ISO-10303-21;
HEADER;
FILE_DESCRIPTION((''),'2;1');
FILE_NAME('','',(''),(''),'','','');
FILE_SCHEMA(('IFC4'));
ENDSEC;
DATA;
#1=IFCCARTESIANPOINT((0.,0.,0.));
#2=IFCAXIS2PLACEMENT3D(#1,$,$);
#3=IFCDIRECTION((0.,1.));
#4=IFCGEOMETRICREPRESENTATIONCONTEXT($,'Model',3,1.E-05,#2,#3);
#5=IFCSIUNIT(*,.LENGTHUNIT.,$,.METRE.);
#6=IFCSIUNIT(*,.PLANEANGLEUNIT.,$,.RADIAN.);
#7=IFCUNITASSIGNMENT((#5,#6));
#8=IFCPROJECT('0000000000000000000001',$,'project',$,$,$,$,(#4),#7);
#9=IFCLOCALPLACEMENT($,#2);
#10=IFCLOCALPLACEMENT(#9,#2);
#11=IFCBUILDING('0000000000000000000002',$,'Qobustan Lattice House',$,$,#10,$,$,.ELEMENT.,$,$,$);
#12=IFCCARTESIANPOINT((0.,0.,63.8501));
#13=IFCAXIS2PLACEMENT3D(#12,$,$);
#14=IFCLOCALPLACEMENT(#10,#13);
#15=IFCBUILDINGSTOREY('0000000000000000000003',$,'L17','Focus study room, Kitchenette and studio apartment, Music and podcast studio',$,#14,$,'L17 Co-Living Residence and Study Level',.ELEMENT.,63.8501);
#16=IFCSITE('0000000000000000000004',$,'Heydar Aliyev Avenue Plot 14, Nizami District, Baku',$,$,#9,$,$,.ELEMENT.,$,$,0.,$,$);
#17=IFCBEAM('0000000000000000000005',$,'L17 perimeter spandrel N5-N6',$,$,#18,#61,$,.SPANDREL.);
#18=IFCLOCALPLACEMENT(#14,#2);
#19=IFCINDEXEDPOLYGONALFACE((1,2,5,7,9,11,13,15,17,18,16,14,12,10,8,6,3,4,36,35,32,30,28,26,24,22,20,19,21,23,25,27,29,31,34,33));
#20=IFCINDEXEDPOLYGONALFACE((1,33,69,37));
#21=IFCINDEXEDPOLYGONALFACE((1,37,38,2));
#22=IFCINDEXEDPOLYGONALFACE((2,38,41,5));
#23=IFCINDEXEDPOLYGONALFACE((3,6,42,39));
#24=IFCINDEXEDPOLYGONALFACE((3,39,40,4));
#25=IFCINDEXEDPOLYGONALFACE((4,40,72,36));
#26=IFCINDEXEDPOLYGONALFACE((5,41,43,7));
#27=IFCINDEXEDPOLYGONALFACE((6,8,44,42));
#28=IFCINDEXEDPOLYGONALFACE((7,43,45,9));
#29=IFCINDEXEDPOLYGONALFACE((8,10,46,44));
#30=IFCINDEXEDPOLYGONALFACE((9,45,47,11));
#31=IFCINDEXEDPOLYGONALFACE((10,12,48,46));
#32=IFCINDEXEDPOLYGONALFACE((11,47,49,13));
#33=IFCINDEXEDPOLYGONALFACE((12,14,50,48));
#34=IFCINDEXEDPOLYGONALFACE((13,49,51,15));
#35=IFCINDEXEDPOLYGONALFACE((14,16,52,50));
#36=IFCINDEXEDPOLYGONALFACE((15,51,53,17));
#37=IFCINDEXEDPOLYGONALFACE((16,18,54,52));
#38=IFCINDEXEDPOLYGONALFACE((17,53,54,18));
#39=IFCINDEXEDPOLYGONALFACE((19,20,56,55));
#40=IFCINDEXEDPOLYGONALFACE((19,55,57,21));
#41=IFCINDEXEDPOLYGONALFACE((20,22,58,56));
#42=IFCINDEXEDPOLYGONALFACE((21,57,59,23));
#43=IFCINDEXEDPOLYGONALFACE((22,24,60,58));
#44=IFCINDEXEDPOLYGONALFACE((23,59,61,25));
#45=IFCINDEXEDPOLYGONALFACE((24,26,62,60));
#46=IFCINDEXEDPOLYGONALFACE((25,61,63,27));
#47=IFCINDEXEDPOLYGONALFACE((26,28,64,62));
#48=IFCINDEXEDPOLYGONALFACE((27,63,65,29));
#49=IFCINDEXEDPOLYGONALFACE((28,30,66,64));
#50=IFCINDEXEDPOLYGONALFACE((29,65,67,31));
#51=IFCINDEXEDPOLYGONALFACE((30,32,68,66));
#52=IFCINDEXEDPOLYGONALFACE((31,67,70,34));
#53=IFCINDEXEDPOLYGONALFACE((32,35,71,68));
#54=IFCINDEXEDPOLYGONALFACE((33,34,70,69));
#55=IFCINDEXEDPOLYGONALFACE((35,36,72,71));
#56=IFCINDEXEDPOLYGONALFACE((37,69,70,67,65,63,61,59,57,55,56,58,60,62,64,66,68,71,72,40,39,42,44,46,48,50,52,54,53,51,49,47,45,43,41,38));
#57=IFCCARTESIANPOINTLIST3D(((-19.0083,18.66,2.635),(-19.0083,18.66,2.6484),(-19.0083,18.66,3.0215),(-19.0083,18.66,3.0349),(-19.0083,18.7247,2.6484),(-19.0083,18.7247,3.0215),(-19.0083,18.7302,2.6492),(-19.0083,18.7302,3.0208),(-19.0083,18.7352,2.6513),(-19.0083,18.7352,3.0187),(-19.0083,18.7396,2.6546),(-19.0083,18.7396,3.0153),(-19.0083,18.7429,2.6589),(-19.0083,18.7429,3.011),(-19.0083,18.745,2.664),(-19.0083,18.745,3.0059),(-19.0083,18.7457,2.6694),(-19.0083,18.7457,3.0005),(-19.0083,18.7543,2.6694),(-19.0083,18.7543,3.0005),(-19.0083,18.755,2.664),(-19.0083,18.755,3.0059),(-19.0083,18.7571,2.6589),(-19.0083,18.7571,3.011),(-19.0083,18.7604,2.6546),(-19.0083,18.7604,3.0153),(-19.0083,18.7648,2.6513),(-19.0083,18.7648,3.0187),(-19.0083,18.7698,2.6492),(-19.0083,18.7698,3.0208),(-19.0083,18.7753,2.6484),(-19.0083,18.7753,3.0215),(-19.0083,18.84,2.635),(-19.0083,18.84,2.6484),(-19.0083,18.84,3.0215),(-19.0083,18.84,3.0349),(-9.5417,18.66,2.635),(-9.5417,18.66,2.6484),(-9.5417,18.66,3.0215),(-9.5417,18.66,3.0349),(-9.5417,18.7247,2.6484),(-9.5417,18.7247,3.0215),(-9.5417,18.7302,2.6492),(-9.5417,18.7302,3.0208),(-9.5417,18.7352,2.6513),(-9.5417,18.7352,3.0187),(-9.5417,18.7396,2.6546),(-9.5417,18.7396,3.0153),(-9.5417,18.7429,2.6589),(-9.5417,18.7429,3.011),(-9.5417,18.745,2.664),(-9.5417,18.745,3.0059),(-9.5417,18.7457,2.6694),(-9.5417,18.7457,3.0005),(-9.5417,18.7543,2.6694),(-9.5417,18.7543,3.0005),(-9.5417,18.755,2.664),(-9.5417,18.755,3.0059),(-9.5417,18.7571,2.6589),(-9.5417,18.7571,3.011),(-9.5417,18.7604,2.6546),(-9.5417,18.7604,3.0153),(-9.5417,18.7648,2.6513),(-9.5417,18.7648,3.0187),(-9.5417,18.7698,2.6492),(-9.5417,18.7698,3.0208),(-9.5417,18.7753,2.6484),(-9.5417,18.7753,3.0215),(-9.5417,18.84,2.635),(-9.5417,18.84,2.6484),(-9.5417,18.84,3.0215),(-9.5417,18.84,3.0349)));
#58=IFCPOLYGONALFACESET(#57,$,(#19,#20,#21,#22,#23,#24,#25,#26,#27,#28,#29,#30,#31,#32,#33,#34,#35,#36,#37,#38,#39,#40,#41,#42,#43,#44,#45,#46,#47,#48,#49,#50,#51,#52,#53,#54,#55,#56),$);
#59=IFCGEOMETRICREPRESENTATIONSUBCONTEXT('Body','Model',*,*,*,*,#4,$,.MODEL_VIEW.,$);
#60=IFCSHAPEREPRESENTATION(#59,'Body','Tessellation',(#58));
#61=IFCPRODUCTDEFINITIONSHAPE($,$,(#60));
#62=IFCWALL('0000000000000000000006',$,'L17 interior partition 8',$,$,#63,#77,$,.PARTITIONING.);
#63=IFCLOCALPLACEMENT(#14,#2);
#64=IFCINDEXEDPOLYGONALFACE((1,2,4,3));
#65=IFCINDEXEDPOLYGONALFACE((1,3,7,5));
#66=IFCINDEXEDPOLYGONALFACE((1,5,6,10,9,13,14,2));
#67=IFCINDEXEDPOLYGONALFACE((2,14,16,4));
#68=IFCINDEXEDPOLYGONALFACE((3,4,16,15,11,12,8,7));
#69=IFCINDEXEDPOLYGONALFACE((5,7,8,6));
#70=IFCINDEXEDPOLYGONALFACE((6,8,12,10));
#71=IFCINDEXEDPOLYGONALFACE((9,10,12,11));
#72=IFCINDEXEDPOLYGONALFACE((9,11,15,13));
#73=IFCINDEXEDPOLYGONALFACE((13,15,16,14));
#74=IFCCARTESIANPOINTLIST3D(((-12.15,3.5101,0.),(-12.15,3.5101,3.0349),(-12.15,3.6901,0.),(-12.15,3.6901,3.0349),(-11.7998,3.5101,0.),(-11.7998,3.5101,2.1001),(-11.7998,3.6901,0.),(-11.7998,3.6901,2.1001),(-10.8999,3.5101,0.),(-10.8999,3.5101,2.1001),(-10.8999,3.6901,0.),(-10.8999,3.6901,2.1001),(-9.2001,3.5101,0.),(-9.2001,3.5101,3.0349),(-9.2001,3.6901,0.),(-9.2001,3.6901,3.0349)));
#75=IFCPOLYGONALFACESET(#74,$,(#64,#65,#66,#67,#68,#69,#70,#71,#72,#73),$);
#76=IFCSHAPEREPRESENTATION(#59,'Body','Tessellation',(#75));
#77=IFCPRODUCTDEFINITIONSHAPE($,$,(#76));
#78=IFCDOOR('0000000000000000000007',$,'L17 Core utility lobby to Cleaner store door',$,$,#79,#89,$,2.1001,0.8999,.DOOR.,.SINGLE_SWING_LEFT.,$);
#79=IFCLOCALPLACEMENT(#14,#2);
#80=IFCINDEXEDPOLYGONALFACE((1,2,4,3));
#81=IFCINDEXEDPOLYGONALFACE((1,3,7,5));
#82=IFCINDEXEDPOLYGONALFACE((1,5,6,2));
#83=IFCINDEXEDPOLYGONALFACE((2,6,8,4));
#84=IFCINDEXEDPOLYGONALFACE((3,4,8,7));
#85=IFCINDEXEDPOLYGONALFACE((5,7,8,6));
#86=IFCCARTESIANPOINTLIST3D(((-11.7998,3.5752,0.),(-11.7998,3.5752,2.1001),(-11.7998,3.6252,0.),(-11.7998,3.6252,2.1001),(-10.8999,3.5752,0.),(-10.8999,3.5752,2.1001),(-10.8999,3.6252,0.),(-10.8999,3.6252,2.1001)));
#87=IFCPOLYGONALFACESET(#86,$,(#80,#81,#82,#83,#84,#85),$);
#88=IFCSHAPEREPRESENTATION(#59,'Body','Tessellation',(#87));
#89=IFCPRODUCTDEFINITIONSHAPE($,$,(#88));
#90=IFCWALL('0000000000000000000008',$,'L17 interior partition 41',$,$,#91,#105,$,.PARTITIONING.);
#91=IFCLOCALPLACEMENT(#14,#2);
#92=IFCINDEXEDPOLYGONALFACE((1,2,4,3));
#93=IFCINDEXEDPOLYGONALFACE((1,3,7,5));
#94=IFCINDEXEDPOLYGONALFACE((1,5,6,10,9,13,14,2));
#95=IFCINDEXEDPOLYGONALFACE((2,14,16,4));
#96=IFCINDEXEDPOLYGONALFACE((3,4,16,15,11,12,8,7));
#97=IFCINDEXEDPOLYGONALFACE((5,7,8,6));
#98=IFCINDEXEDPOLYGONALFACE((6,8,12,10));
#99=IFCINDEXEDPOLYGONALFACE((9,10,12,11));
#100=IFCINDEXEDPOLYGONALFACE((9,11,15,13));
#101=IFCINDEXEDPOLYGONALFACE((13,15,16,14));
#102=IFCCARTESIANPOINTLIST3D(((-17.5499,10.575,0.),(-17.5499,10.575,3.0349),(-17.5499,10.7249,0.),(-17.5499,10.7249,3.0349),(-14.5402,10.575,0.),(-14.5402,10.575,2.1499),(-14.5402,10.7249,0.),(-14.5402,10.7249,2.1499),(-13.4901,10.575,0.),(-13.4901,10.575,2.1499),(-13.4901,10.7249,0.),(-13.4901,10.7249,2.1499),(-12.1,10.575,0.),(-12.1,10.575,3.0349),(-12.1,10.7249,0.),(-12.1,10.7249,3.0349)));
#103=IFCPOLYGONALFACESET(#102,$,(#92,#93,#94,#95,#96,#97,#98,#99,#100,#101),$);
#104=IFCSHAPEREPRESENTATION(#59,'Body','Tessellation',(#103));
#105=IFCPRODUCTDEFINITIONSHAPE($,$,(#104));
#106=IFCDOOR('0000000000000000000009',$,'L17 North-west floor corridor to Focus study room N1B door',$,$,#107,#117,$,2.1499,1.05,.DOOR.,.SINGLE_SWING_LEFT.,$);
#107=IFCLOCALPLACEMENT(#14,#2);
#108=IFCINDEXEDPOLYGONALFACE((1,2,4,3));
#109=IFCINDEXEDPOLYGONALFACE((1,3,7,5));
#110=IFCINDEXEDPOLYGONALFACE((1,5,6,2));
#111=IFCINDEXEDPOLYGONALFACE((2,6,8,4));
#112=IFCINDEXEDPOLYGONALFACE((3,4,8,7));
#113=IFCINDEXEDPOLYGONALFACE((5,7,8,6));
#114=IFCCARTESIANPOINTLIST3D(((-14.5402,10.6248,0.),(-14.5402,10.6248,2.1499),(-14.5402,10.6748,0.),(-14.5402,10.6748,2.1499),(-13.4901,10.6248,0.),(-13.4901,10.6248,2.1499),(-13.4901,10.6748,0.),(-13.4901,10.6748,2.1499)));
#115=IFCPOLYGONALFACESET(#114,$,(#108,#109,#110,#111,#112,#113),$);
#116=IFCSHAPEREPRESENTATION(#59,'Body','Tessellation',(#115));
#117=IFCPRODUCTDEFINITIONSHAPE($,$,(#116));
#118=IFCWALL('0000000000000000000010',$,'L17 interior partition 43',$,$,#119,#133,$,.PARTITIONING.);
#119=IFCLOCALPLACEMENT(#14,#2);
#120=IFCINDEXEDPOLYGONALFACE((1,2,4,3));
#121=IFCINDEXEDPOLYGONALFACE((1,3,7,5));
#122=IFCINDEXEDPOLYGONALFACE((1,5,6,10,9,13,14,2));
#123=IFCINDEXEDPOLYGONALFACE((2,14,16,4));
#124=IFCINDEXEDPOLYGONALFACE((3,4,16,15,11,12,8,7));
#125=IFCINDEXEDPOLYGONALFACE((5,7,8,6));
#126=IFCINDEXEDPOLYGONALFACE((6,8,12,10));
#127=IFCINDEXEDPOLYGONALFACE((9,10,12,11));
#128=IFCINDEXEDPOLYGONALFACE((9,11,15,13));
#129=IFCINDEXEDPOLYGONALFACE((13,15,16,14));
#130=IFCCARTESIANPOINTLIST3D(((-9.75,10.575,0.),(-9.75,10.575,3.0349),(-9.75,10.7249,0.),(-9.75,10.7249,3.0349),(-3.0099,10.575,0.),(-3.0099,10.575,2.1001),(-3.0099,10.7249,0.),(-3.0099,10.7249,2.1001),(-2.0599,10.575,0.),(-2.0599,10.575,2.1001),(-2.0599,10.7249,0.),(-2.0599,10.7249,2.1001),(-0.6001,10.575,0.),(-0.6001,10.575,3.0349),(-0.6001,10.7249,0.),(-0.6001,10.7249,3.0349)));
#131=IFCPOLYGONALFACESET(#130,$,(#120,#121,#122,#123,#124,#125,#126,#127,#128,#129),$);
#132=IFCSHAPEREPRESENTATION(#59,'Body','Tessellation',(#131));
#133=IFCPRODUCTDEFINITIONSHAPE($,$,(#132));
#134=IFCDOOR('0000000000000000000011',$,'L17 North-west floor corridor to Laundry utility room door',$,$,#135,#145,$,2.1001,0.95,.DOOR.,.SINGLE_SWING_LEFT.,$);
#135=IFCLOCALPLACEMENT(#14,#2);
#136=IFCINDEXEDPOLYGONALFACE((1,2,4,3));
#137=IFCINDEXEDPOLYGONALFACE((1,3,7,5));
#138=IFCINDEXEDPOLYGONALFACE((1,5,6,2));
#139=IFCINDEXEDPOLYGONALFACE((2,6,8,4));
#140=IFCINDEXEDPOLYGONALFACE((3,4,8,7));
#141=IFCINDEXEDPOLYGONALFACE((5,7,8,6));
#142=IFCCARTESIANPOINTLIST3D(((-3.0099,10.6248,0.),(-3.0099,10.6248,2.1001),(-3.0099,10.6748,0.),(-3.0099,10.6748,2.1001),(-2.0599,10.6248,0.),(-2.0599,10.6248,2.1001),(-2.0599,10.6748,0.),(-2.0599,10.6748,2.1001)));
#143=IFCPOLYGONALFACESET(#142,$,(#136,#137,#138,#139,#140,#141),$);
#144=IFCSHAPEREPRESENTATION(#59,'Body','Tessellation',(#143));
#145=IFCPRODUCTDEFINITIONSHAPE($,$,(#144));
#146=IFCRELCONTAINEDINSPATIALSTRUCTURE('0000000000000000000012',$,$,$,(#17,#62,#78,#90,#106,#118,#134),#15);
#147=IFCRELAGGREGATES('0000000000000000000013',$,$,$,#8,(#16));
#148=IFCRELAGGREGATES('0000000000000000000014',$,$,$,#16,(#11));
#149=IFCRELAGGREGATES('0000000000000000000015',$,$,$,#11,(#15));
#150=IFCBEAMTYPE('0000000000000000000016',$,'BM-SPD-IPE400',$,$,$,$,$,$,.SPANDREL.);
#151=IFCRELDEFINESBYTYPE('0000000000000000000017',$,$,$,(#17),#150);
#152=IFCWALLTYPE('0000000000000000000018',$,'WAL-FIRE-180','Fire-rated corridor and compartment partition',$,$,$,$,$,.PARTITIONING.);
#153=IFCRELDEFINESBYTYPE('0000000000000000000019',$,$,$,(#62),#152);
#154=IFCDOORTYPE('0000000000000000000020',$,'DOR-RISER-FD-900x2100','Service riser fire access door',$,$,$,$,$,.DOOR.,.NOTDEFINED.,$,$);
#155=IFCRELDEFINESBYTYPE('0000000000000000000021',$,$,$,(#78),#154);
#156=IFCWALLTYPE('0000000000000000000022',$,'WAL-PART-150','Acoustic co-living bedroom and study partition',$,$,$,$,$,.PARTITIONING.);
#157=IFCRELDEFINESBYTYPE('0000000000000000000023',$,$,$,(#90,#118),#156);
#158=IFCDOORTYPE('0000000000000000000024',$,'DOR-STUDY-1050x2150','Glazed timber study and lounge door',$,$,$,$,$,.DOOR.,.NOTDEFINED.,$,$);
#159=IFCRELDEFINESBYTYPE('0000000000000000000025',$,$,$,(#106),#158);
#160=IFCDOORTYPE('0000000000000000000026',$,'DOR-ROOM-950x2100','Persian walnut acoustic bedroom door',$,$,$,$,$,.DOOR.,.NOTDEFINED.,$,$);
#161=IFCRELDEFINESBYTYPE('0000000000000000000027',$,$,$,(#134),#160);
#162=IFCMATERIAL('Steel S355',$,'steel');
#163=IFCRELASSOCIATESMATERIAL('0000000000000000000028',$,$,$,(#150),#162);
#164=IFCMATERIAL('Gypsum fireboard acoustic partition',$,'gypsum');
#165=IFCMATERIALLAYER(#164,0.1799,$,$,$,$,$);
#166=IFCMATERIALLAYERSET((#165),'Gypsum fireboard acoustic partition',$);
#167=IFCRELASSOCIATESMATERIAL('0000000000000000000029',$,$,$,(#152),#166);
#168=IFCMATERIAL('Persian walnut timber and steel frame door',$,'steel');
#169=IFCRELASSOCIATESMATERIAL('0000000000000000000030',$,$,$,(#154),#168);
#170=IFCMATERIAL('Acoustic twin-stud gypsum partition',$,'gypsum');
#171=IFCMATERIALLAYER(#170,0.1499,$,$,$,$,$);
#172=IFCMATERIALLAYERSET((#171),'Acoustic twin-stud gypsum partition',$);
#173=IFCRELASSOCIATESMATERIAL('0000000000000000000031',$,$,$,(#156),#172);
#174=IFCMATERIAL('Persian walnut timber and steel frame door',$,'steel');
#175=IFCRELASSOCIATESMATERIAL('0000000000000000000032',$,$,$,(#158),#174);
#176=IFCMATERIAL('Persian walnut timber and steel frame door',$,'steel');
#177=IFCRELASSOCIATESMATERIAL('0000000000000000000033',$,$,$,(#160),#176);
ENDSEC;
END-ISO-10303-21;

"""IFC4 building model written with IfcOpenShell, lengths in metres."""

from ifc_helpers import new_model, si_unit, direction, frame, frame_2d, origin, origin_2d, place, context, subcontext, project, spatial, rectangle, i_section, extrude, material, layer, layer_set, material_profile, profile_set, type_object, element, fill, save


model = new_model("IFC4")

# Units and contexts
model_context = context("Model", 3, precision=1e-05, world=origin(), true_north=direction((0.0, 1.0)))
body_context = subcontext(model_context, "Body", "Model", "MODEL_VIEW")
ifc_project = project(units=[si_unit("LENGTHUNIT", "METRE"), si_unit("PLANEANGLEUNIT", "RADIAN")], contexts=[model_context])

# Site, building, storey
site_placement = place(None, origin())
site = spatial("IfcSite", under=ifc_project, at=site_placement, Name="Heydar Aliyev Avenue Plot 14, Nizami District, Baku", CompositionType="ELEMENT", RefElevation=0.0)
building_placement = place(site_placement, origin())
building = spatial("IfcBuilding", under=site, at=building_placement, Name="Qobustan Lattice House", CompositionType="ELEMENT")
storey_placement = place(building_placement, frame((0.0, 0.0, 63.8501)))
storey = spatial("IfcBuildingStorey", under=building, at=storey_placement, Name="L17", Description="Focus study room, Kitchenette and studio apartment, Music and podcast studio", LongName="L17 Co-Living Residence and Study Level", CompositionType="ELEMENT", Elevation=63.8501)

# Beam
ifc_material_1 = material(Name="Steel S355", Category="steel")
ifc_material_profile_1 = material_profile(ifc_material_1, i_section(OverallWidth=0.1799, OverallDepth=0.3999, WebThickness=0.0085, FlangeThickness=0.0134, FilletRadius=0.021, at=origin_2d()), Name="IPE400")
ifc_profile_set_1 = profile_set([ifc_material_profile_1], Name="Steel S355")
beam_type_1 = type_object("IfcBeamType", Name="BM-SPD-IPE400", PredefinedType="SPANDREL", material=ifc_profile_set_1)
beam_1_placement = place(storey_placement, frame((-9.5417, 18.75, 2.835), z_axis=(-1.0, 0.0, 0.0), x_axis=(0.0, -1.0, 0.0)))
element("IfcBeam", 1, at=beam_1_placement, inside=storey, type_object=beam_type_1, Name="L17 perimeter spandrel N5-N6", PredefinedType="SPANDREL", context=body_context, shape_type="SweptSolid", body=[
    extrude(i_section(OverallWidth=0.1799, OverallDepth=0.3999, WebThickness=0.0085, FlangeThickness=0.0134, FilletRadius=0.021, at=origin_2d()), origin(), (0.0, 0.0, 1.0), 9.4666),
])

# Walls, openings, doors
ifc_material_2 = material(Name="Gypsum fireboard acoustic partition", Category="gypsum")
ifc_layer_1 = layer(ifc_material_2, 0.1799)
ifc_layer_set_1 = layer_set([ifc_layer_1], Name="Gypsum fireboard acoustic partition")
wall_type_1 = type_object("IfcWallType", Name="WAL-FIRE-180", Description="Fire-rated corridor and compartment partition", PredefinedType="PARTITIONING", material=ifc_layer_set_1)
wall_1_placement = place(storey_placement, frame((-9.2, 3.6001, 0.0), z_axis=(0.0, 0.0, 1.0), x_axis=(-1.0, 0.0, 0.0)))
wall_1 = element("IfcWall", 2, at=wall_1_placement, inside=storey, type_object=wall_type_1, Name="L17 interior partition 8", PredefinedType="PARTITIONING", context=body_context, shape_type="SweptSolid", body=[
    extrude(rectangle(XDim=2.95, YDim=0.1799, at=frame_2d((1.4751, 0.0))), origin(), (0.0, 0.0, 1.0), 3.0349),
])
opening_1_placement = place(wall_1_placement, frame((1.7, 0.0, 0.0)))
opening_1 = element("IfcOpeningElement", 3, at=opening_1_placement, cuts=wall_1, PredefinedType="OPENING", context=body_context, shape_type="SweptSolid", body=[
    extrude(rectangle(XDim=0.8999, YDim=2.1001, at=frame_2d((0.45, 1.05))), frame((0.0, 0.0999, 0.0), z_axis=(0.0, -1.0, 0.0), x_axis=(1.0, 0.0, 0.0)), (0.0, 0.0, 1.0), 0.2),
])
ifc_material_3 = material(Name="Persian walnut timber and steel frame door", Category="steel")
door_type_1 = type_object("IfcDoorType", Name="DOR-RISER-FD-900x2100", Description="Service riser fire access door", OperationType="NOTDEFINED", PredefinedType="DOOR", material=ifc_material_3)
door_1_placement = place(opening_1_placement, origin())
door_1 = element("IfcDoor", 4, at=door_1_placement, inside=storey, type_object=door_type_1, Name="L17 Core utility lobby to Cleaner store door", OperationType="SINGLE_SWING_LEFT", OverallHeight=2.1001, OverallWidth=0.8999, PredefinedType="DOOR", context=body_context, shape_type="SweptSolid", body=[
    extrude(rectangle(XDim=0.8999, YDim=2.1001, at=frame_2d((0.45, 1.05))), frame((0.0, 0.0249, 0.0), z_axis=(0.0, -1.0, 0.0), x_axis=(1.0, 0.0, 0.0)), (0.0, 0.0, 1.0), 0.05),
])
fill(opening_1, door_1)
ifc_material_4 = material(Name="Acoustic twin-stud gypsum partition", Category="gypsum")
ifc_layer_2 = layer(ifc_material_4, 0.1499)
ifc_layer_set_2 = layer_set([ifc_layer_2], Name="Acoustic twin-stud gypsum partition")
wall_type_2 = type_object("IfcWallType", Name="WAL-PART-150", Description="Acoustic co-living bedroom and study partition", PredefinedType="PARTITIONING", material=ifc_layer_set_2)
ifc_material_5 = material(Name="Persian walnut timber and steel frame door", Category="steel")
door_type_2 = type_object("IfcDoorType", Name="DOR-STUDY-1050x2150", Description="Glazed timber study and lounge door", OperationType="NOTDEFINED", PredefinedType="DOOR", material=ifc_material_5)
wall_2_placement = place(storey_placement, frame((-17.55, 10.6499, 0.0), z_axis=(0.0, 0.0, 1.0), x_axis=(1.0, 0.0, 0.0)))
wall_2 = element("IfcWall", 5, at=wall_2_placement, inside=storey, type_object=wall_type_2, Name="L17 interior partition 41", PredefinedType="PARTITIONING", context=body_context, shape_type="SweptSolid", body=[
    extrude(rectangle(XDim=5.45, YDim=0.1499, at=frame_2d((2.7251, 0.0))), origin(), (0.0, 0.0, 1.0), 3.0349),
])
opening_2_placement = place(wall_2_placement, frame((3.01, 0.0, 0.0)))
opening_2 = element("IfcOpeningElement", 6, at=opening_2_placement, cuts=wall_2, PredefinedType="OPENING", context=body_context, shape_type="SweptSolid", body=[
    extrude(rectangle(XDim=1.05, YDim=2.1499, at=frame_2d((0.5249, 1.075))), frame((0.0, 0.085, 0.0), z_axis=(0.0, -1.0, 0.0), x_axis=(1.0, 0.0, 0.0)), (0.0, 0.0, 1.0), 0.1699),
])
door_2_placement = place(opening_2_placement, origin())
door_2 = element("IfcDoor", 7, at=door_2_placement, inside=storey, type_object=door_type_2, Name="L17 North-west floor corridor to Focus study room N1B door", OperationType="SINGLE_SWING_LEFT", OverallHeight=2.1499, OverallWidth=1.05, PredefinedType="DOOR", context=body_context, shape_type="SweptSolid", body=[
    extrude(rectangle(XDim=1.05, YDim=2.1499, at=frame_2d((0.5249, 1.075))), frame((0.0, 0.0249, 0.0), z_axis=(0.0, -1.0, 0.0), x_axis=(1.0, 0.0, 0.0)), (0.0, 0.0, 1.0), 0.05),
])
fill(opening_2, door_2)
wall_3_placement = place(storey_placement, frame((-9.75, 10.6499, 0.0), z_axis=(0.0, 0.0, 1.0), x_axis=(1.0, 0.0, 0.0)))
wall_3 = element("IfcWall", 8, at=wall_3_placement, inside=storey, type_object=wall_type_2, Name="L17 interior partition 43", PredefinedType="PARTITIONING", context=body_context, shape_type="SweptSolid", body=[
    extrude(rectangle(XDim=9.1499, YDim=0.1499, at=frame_2d((4.575, 0.0))), origin(), (0.0, 0.0, 1.0), 3.0349),
])
opening_3_placement = place(wall_3_placement, frame((6.74, 0.0, 0.0)))
opening_3 = element("IfcOpeningElement", 9, at=opening_3_placement, cuts=wall_3, PredefinedType="OPENING", context=body_context, shape_type="SweptSolid", body=[
    extrude(rectangle(XDim=0.95, YDim=2.1001, at=frame_2d((0.4751, 1.05))), frame((0.0, 0.085, 0.0), z_axis=(0.0, -1.0, 0.0), x_axis=(1.0, 0.0, 0.0)), (0.0, 0.0, 1.0), 0.1699),
])
ifc_material_6 = material(Name="Persian walnut timber and steel frame door", Category="steel")
door_type_3 = type_object("IfcDoorType", Name="DOR-ROOM-950x2100", Description="Persian walnut acoustic bedroom door", OperationType="NOTDEFINED", PredefinedType="DOOR", material=ifc_material_6)
door_3_placement = place(opening_3_placement, origin())
door_3 = element("IfcDoor", 10, at=door_3_placement, inside=storey, type_object=door_type_3, Name="L17 North-west floor corridor to Laundry utility room door", OperationType="SINGLE_SWING_LEFT", OverallHeight=2.1001, OverallWidth=0.95, PredefinedType="DOOR", context=body_context, shape_type="SweptSolid", body=[
    extrude(rectangle(XDim=0.95, YDim=2.1001, at=frame_2d((0.4751, 1.05))), frame((0.0, 0.0249, 0.0), z_axis=(0.0, -1.0, 0.0), x_axis=(1.0, 0.0, 0.0)), (0.0, 0.0, 1.0), 0.05),
])
fill(opening_3, door_3)

save(model, "model.ifc")
